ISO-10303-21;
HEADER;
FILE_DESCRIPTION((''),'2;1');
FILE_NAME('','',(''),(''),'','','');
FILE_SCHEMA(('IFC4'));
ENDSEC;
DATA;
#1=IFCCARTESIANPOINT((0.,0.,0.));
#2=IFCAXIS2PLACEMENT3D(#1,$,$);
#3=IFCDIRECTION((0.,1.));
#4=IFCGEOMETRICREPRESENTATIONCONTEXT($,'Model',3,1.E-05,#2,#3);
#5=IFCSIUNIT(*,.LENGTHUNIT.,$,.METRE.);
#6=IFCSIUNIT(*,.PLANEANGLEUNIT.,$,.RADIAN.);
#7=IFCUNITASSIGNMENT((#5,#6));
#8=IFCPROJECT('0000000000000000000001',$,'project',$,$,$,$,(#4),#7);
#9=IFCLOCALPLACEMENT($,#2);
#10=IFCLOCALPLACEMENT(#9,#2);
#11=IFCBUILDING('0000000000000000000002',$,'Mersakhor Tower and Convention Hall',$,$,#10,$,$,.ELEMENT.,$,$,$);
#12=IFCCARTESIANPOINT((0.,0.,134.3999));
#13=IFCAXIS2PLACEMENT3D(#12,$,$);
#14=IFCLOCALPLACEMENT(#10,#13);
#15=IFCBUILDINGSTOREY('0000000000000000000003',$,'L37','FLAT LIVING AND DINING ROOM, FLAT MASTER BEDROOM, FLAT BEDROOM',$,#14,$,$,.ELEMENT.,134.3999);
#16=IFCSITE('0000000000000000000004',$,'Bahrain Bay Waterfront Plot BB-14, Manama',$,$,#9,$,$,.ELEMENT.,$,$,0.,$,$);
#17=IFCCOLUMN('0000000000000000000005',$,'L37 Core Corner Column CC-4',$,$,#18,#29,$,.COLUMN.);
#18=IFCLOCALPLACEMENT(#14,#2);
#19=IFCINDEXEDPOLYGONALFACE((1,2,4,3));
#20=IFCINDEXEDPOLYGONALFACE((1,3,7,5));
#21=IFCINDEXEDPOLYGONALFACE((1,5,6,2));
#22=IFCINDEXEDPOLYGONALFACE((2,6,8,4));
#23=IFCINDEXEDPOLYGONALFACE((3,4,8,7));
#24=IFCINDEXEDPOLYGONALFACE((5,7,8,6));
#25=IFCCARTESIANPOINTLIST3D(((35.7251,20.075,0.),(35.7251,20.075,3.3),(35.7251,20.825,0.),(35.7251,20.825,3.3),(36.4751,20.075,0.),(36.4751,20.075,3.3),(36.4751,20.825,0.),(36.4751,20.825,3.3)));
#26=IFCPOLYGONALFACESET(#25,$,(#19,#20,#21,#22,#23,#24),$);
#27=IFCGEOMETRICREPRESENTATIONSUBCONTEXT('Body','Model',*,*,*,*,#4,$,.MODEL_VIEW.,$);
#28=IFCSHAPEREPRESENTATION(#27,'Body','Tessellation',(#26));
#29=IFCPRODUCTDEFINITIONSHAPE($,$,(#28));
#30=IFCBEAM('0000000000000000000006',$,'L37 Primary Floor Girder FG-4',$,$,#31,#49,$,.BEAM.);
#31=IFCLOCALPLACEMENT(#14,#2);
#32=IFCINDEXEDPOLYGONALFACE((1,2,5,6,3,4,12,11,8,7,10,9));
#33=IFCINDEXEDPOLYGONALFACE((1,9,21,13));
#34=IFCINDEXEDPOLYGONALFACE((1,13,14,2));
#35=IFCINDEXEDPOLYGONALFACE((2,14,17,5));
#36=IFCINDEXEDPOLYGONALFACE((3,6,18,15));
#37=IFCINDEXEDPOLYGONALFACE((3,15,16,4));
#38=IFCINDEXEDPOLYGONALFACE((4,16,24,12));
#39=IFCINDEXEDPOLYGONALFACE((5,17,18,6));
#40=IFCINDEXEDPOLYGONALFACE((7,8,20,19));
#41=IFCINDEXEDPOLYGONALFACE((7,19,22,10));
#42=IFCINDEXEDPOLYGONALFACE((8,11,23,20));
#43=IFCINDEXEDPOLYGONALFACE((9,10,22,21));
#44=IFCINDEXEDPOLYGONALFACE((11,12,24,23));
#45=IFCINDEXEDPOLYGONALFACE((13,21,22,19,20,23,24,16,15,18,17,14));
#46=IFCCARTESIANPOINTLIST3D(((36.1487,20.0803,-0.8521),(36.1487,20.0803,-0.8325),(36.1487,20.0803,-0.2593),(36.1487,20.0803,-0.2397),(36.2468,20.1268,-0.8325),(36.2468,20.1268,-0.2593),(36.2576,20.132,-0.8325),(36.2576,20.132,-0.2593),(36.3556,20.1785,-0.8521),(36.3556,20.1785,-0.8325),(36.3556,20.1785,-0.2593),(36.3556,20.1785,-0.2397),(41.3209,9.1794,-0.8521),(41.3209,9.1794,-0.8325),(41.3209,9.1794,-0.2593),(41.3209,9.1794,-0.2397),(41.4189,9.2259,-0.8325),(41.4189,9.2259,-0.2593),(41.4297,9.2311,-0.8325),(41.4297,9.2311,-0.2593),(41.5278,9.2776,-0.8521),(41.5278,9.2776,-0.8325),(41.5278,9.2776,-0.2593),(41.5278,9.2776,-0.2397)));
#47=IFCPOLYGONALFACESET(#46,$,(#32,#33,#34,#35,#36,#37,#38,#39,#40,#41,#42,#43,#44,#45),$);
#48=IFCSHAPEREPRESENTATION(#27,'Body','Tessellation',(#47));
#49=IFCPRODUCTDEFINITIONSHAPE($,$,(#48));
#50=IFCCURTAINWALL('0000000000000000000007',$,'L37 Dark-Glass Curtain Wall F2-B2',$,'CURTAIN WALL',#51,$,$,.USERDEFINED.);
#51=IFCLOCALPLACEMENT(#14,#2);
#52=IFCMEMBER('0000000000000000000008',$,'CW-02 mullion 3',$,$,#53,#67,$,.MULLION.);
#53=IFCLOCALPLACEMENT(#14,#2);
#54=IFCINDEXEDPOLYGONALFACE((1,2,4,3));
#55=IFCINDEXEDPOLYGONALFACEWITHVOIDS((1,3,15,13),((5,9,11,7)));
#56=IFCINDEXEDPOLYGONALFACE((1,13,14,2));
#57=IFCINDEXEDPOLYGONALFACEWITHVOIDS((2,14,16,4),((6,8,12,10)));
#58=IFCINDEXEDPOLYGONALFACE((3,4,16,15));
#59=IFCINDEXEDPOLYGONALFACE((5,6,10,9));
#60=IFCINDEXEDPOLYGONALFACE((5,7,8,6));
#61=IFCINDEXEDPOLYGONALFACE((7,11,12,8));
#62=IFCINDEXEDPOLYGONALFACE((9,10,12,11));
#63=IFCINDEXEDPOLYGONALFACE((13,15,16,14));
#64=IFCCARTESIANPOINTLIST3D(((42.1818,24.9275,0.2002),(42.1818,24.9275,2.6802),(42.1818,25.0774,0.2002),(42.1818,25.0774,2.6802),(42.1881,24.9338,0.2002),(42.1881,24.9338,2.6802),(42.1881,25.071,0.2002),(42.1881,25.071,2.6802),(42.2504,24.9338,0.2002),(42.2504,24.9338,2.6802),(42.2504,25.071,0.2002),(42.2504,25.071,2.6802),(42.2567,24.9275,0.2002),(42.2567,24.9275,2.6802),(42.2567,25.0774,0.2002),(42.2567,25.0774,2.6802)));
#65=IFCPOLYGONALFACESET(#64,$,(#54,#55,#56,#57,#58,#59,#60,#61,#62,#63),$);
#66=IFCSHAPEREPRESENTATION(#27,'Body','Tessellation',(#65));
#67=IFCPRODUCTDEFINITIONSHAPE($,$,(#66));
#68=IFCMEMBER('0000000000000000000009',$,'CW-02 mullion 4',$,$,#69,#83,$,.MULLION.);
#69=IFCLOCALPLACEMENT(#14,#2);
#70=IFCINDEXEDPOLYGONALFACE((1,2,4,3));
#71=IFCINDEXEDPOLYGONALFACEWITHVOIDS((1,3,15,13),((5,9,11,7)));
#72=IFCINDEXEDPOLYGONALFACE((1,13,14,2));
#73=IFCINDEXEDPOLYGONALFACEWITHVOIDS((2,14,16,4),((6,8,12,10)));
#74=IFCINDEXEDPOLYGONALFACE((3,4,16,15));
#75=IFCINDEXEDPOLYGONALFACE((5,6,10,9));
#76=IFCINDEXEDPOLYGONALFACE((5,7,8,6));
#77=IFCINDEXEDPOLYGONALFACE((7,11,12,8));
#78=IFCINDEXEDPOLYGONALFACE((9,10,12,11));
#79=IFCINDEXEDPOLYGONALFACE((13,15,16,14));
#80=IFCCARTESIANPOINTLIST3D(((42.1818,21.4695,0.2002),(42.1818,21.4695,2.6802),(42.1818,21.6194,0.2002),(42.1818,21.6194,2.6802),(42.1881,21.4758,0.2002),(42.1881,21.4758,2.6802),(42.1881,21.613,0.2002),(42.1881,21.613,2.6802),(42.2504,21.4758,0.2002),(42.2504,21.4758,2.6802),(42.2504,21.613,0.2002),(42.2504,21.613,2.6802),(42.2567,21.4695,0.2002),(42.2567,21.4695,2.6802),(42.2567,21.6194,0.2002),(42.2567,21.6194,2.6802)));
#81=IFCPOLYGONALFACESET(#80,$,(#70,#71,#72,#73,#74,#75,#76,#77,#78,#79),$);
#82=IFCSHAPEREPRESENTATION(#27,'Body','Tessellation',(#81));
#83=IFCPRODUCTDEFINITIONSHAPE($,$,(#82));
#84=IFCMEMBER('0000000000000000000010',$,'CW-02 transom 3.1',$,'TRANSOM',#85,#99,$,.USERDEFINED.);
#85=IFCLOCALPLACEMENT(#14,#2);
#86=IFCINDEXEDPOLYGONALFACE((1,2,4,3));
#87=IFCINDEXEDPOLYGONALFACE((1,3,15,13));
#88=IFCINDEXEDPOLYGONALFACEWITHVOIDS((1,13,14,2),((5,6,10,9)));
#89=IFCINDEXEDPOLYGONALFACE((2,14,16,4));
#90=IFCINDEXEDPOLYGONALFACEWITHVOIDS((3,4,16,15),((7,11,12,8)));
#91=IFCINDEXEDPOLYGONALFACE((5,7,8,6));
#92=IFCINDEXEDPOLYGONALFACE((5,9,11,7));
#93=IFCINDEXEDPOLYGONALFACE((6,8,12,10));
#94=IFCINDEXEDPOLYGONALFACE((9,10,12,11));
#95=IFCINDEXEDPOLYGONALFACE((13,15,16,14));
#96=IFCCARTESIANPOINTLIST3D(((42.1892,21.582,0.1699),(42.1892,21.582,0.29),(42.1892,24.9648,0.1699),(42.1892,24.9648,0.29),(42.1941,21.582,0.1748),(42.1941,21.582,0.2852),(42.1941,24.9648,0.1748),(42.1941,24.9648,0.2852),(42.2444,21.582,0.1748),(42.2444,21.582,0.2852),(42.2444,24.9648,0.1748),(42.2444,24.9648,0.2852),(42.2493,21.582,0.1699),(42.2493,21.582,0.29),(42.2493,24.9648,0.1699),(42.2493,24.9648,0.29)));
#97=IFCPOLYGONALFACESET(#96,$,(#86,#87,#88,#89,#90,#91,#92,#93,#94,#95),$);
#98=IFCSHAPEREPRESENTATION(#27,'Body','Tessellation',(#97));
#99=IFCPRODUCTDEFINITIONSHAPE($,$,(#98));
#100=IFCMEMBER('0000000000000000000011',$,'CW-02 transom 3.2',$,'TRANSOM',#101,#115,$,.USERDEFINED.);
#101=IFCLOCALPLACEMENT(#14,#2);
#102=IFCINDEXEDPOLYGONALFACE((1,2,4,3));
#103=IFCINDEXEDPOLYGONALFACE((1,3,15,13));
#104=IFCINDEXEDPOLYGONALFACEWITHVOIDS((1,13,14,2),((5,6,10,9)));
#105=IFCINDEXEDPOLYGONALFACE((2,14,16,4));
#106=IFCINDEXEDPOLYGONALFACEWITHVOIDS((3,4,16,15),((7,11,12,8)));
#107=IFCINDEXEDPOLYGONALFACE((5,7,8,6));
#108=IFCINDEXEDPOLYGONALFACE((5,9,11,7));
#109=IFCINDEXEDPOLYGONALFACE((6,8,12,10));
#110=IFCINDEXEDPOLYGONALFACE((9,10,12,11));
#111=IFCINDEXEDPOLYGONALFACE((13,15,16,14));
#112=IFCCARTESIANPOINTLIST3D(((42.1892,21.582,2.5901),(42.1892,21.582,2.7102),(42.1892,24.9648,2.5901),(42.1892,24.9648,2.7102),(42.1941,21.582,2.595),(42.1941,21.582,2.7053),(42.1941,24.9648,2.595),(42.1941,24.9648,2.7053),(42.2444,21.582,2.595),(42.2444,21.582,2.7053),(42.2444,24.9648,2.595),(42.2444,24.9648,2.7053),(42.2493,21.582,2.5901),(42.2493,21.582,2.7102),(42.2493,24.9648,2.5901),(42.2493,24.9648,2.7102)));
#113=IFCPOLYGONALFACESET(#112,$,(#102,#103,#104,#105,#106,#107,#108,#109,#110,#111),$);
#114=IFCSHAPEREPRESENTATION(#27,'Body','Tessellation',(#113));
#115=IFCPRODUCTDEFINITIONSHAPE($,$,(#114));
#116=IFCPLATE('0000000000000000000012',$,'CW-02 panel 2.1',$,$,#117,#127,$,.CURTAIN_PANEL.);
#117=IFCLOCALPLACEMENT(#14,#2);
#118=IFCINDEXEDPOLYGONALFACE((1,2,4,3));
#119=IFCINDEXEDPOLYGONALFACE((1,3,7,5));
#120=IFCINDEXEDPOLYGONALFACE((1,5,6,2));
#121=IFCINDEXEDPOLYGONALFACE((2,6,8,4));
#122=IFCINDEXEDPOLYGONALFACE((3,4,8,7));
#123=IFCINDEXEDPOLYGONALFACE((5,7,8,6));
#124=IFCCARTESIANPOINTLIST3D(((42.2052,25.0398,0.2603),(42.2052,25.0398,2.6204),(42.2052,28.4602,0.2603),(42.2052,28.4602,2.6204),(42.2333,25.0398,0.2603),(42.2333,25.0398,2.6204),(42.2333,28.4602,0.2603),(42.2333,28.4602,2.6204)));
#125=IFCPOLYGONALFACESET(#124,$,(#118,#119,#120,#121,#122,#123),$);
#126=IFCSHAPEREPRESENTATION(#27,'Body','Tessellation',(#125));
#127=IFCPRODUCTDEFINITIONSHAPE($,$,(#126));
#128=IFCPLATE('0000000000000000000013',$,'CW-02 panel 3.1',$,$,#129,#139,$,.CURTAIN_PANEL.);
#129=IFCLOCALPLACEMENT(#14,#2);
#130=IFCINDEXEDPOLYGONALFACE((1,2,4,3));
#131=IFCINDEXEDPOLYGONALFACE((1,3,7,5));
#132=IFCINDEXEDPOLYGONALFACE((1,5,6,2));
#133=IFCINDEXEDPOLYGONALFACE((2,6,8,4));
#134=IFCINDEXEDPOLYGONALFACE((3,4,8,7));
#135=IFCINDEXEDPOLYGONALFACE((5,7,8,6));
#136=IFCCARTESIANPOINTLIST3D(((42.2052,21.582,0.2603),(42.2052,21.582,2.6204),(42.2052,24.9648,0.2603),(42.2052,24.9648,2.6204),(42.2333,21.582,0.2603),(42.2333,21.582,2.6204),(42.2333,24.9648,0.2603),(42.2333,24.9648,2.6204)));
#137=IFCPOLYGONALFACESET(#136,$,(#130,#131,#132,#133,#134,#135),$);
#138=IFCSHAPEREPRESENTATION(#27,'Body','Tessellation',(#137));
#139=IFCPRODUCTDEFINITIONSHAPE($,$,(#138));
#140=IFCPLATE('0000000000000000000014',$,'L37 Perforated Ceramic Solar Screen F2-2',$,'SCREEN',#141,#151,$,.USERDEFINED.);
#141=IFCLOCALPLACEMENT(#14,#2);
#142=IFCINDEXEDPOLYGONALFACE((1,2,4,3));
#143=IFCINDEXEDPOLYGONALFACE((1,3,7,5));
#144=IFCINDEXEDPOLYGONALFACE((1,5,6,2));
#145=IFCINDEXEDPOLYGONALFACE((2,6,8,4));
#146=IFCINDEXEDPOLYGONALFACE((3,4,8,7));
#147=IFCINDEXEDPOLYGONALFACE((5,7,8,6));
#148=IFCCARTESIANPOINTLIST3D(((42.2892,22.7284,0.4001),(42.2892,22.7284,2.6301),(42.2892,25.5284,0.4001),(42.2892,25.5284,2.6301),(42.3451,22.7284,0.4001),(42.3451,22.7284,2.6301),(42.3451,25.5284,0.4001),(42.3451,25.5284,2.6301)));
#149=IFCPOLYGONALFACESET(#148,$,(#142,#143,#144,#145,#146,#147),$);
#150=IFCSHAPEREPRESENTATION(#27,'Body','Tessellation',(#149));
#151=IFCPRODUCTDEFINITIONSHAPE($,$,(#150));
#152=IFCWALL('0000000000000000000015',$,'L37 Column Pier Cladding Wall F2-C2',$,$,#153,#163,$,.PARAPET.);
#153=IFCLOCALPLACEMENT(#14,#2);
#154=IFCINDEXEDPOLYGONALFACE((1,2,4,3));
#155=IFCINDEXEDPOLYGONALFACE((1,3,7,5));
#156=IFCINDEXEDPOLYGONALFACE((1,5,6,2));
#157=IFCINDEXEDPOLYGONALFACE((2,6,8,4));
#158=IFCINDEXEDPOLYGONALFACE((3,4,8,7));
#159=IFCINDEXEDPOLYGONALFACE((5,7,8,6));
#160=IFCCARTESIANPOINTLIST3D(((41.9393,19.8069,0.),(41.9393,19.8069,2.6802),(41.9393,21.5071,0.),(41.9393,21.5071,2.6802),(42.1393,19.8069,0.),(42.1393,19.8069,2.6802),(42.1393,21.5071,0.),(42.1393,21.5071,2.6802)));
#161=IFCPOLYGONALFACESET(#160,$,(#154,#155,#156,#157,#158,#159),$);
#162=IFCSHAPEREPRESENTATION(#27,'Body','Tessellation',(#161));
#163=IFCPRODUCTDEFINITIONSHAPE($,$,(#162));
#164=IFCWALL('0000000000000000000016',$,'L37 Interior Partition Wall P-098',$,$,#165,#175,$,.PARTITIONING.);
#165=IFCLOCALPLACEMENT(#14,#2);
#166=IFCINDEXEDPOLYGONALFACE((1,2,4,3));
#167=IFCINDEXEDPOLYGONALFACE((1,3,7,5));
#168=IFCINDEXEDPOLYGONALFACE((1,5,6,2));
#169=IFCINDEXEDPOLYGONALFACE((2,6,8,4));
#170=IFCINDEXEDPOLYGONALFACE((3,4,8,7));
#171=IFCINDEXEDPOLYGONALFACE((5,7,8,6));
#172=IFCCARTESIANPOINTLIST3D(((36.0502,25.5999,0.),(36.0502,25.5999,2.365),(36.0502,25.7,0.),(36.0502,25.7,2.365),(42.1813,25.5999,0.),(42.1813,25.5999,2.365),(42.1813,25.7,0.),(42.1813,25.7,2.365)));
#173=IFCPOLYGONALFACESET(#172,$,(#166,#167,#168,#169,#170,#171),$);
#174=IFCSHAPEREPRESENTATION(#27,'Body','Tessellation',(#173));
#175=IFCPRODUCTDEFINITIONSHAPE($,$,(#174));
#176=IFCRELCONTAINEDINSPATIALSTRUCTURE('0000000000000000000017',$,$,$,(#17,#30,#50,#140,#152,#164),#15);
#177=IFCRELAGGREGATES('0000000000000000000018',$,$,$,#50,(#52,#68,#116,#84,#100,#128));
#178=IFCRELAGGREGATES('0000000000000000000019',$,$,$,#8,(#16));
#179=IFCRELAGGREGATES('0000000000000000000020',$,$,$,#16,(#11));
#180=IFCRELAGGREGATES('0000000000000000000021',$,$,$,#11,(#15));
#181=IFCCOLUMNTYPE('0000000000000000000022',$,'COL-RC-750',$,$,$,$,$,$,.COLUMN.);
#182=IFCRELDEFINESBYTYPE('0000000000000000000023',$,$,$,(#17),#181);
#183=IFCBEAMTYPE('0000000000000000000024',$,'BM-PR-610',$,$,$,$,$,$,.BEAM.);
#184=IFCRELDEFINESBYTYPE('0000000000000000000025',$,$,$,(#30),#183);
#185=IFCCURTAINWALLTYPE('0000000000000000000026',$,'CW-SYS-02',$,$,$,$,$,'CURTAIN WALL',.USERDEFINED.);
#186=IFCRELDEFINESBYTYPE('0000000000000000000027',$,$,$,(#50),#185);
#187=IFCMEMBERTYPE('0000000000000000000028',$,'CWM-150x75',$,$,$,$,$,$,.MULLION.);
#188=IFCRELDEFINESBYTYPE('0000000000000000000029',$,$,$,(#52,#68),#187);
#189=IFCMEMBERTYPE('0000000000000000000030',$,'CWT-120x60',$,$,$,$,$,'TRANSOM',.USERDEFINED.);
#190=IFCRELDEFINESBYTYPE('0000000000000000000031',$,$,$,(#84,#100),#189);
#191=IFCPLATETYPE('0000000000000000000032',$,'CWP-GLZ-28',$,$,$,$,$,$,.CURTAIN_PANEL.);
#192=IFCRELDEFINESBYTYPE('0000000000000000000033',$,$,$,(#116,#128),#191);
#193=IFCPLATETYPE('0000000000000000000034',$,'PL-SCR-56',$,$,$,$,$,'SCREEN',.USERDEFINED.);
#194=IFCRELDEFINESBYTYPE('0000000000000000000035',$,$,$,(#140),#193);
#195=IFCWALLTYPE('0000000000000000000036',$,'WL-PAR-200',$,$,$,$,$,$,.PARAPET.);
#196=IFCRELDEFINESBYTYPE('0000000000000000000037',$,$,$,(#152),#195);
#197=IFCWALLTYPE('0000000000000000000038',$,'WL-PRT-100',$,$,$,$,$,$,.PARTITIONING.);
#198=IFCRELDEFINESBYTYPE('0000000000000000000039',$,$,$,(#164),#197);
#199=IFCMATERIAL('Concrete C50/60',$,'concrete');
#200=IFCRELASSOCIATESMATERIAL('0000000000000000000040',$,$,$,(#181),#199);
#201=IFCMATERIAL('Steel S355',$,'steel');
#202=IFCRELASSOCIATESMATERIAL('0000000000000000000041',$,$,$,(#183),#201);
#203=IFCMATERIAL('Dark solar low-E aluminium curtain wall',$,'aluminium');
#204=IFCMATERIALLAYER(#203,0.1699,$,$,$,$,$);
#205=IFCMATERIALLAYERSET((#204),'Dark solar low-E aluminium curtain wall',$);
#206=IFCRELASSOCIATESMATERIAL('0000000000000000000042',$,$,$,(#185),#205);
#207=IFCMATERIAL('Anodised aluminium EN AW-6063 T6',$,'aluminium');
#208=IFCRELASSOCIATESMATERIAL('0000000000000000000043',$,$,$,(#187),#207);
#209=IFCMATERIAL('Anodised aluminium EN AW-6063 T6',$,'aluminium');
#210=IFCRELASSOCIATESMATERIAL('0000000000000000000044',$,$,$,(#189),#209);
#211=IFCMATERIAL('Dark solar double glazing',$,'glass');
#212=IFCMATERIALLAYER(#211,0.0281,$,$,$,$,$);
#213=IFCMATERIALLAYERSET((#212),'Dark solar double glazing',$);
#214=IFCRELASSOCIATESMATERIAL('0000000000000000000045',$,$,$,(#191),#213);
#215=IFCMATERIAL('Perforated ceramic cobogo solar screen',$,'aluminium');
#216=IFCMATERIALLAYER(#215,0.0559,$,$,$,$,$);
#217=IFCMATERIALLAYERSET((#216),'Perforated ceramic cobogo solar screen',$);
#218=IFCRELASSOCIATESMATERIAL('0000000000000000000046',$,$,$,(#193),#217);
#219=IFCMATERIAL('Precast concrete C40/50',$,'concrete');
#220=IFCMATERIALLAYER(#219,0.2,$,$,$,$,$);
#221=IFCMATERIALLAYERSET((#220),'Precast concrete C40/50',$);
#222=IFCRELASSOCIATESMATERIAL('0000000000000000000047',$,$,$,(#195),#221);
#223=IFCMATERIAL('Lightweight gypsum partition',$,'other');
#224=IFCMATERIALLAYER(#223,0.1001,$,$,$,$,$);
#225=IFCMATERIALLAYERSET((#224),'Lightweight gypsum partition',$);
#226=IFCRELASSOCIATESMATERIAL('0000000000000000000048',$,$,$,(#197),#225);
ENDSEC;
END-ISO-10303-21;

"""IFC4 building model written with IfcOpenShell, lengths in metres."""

from ifc_helpers import new_model, si_unit, direction, frame, frame_2d, origin, origin_2d, place, context, subcontext, project, spatial, rectangle, hollow_rectangle, i_section, extrude, material, layer, layer_set, material_profile, profile_set, type_object, element, aggregate, save


model = new_model("IFC4")

# Units and contexts
model_context = context("Model", 3, precision=1e-05, world=origin(), true_north=direction((0.0, 1.0)))
body_context = subcontext(model_context, "Body", "Model", "MODEL_VIEW")
ifc_project = project(units=[si_unit("LENGTHUNIT", "METRE"), si_unit("PLANEANGLEUNIT", "RADIAN")], contexts=[model_context])

# Site, building, storey
site_placement = place(None, origin())
site = spatial("IfcSite", under=ifc_project, at=site_placement, Name="Bahrain Bay Waterfront Plot BB-14, Manama", CompositionType="ELEMENT", RefElevation=0.0)
building_placement = place(site_placement, origin())
building = spatial("IfcBuilding", under=site, at=building_placement, Name="Mersakhor Tower and Convention Hall", CompositionType="ELEMENT")
storey_placement = place(building_placement, frame((0.0, 0.0, 134.3999)))
storey = spatial("IfcBuildingStorey", under=building, at=storey_placement, Name="L37", Description="FLAT LIVING AND DINING ROOM, FLAT MASTER BEDROOM, FLAT BEDROOM", CompositionType="ELEMENT", Elevation=134.3999)

# Column
ifc_material_1 = material(Name="Concrete C50/60", Category="concrete")
ifc_material_profile_1 = material_profile(ifc_material_1, rectangle(XDim=0.75, YDim=0.75, at=origin_2d()), Name="RC 750x750")
ifc_profile_set_1 = profile_set([ifc_material_profile_1], Name="Concrete C50/60")
column_type = type_object("IfcColumnType", Name="COL-RC-750", PredefinedType="COLUMN", material=ifc_profile_set_1)
column_placement = place(storey_placement, frame((36.1001, 20.45, 0.0), z_axis=(0.0, 0.0, 1.0), x_axis=(1.0, 0.0, 0.0)))
element("IfcColumn", 1, at=column_placement, inside=storey, type_object=column_type, Name="L37 Core Corner Column CC-4", PredefinedType="COLUMN", context=body_context, shape_type="SweptSolid", body=[
    extrude(rectangle(XDim=0.75, YDim=0.75, at=origin_2d()), origin(), (0.0, 0.0, 1.0), 3.3),
])

# Beam
ifc_material_2 = material(Name="Steel S355", Category="steel")
ifc_material_profile_2 = material_profile(ifc_material_2, i_section(OverallWidth=0.229, OverallDepth=0.6123, WebThickness=0.012, FlangeThickness=0.0195, at=origin_2d()), Name="UB 610x229x125")
ifc_profile_set_2 = profile_set([ifc_material_profile_2], Name="Steel S355")
beam_type = type_object("IfcBeamType", Name="BM-PR-610", PredefinedType="BEAM", material=ifc_profile_set_2)
beam_placement = place(storey_placement, frame((36.2522, 20.1294, -0.5459), z_axis=(0.428665, -0.903464, 0.0), x_axis=(0.903464, 0.428665, 0.0)))
element("IfcBeam", 2, at=beam_placement, inside=storey, type_object=beam_type, Name="L37 Primary Floor Girder FG-4", PredefinedType="BEAM", context=body_context, shape_type="SweptSolid", body=[
    extrude(i_section(OverallWidth=0.229, OverallDepth=0.6123, WebThickness=0.012, FlangeThickness=0.0195, at=origin_2d()), origin(), (0.0, 0.0, 1.0), 12.0657),
])

# Curtain wall, members, plates
ifc_material_3 = material(Name="Dark solar low-E aluminium curtain wall", Category="aluminium")
ifc_layer_1 = layer(ifc_material_3, 0.1699)
ifc_layer_set_1 = layer_set([ifc_layer_1], Name="Dark solar low-E aluminium curtain wall")
curtain_wall_type = type_object("IfcCurtainWallType", Name="CW-SYS-02", ElementType="CURTAIN WALL", PredefinedType="USERDEFINED", material=ifc_layer_set_1)
curtain_wall_placement = place(storey_placement, origin())
curtain_wall = element("IfcCurtainWall", 3, at=curtain_wall_placement, inside=storey, type_object=curtain_wall_type, Name="L37 Dark-Glass Curtain Wall F2-B2", ObjectType="CURTAIN WALL", PredefinedType="USERDEFINED")
ifc_material_4 = material(Name="Anodised aluminium EN AW-6063 T6", Category="aluminium")
ifc_material_profile_3 = material_profile(ifc_material_4, hollow_rectangle(XDim=0.075, YDim=0.1499, WallThickness=0.0063, at=origin_2d()), Name="RHS 150x75x6.3")
ifc_profile_set_3 = profile_set([ifc_material_profile_3], Name="Anodised aluminium EN AW-6063 T6")
member_type_1 = type_object("IfcMemberType", Name="CWM-150x75", PredefinedType="MULLION", material=ifc_profile_set_3)
member_1_placement = place(storey_placement, frame((42.2192, 25.0024, 0.2002), z_axis=(0.0, 0.0, 1.0), x_axis=(1.0, 0.0, 0.0)))
member_1 = element("IfcMember", 4, at=member_1_placement, type_object=member_type_1, Name="CW-02 mullion 3", PredefinedType="MULLION", context=body_context, shape_type="SweptSolid", body=[
    extrude(hollow_rectangle(XDim=0.075, YDim=0.1499, WallThickness=0.0063, at=origin_2d()), origin(), (0.0, 0.0, 1.0), 2.48),
])
member_2_placement = place(storey_placement, frame((42.2192, 21.5444, 0.2002), z_axis=(0.0, 0.0, 1.0), x_axis=(1.0, 0.0, 0.0)))
member_2 = element("IfcMember", 5, at=member_2_placement, type_object=member_type_1, Name="CW-02 mullion 4", PredefinedType="MULLION", context=body_context, shape_type="SweptSolid", body=[
    extrude(hollow_rectangle(XDim=0.075, YDim=0.1499, WallThickness=0.0063, at=origin_2d()), origin(), (0.0, 0.0, 1.0), 2.48),
])
ifc_material_5 = material(Name="Anodised aluminium EN AW-6063 T6", Category="aluminium")
ifc_material_profile_4 = material_profile(ifc_material_5, hollow_rectangle(XDim=0.0601, YDim=0.1201, WallThickness=0.0049, at=origin_2d()), Name="RHS 120x60x5")
ifc_profile_set_4 = profile_set([ifc_material_profile_4], Name="Anodised aluminium EN AW-6063 T6")
member_type_2 = type_object("IfcMemberType", Name="CWT-120x60", ElementType="TRANSOM", PredefinedType="USERDEFINED", material=ifc_profile_set_4)
member_3_placement = place(storey_placement, frame((42.2192, 24.9648, 0.23), z_axis=(0.0, -1.0, 0.0), x_axis=(1.0, 0.0, 0.0)))
member_3 = element("IfcMember", 6, at=member_3_placement, type_object=member_type_2, Name="CW-02 transom 3.1", ObjectType="TRANSOM", PredefinedType="USERDEFINED", context=body_context, shape_type="SweptSolid", body=[
    extrude(hollow_rectangle(XDim=0.0601, YDim=0.1201, WallThickness=0.0049, at=origin_2d()), origin(), (0.0, 0.0, 1.0), 3.3828),
])
member_4_placement = place(storey_placement, frame((42.2192, 24.9648, 2.6501), z_axis=(0.0, -1.0, 0.0), x_axis=(1.0, 0.0, 0.0)))
member_4 = element("IfcMember", 7, at=member_4_placement, type_object=member_type_2, Name="CW-02 transom 3.2", ObjectType="TRANSOM", PredefinedType="USERDEFINED", context=body_context, shape_type="SweptSolid", body=[
    extrude(hollow_rectangle(XDim=0.0601, YDim=0.1201, WallThickness=0.0049, at=origin_2d()), origin(), (0.0, 0.0, 1.0), 3.3828),
])
ifc_material_6 = material(Name="Dark solar double glazing", Category="glass")
ifc_layer_2 = layer(ifc_material_6, 0.0281)
ifc_layer_set_2 = layer_set([ifc_layer_2], Name="Dark solar double glazing")
plate_type_1 = type_object("IfcPlateType", Name="CWP-GLZ-28", PredefinedType="CURTAIN_PANEL", material=ifc_layer_set_2)
plate_1_placement = place(storey_placement, frame((42.2192, 26.75, 0.2603), z_axis=(0.0, 0.0, 1.0), x_axis=(0.0, -1.0, 0.0)))
plate_1 = element("IfcPlate", 8, at=plate_1_placement, type_object=plate_type_1, Name="CW-02 panel 2.1", PredefinedType="CURTAIN_PANEL", context=body_context, shape_type="SweptSolid", body=[
    extrude(rectangle(XDim=3.4204, YDim=0.0281, at=origin_2d()), origin(), (0.0, 0.0, 1.0), 2.3601),
])
plate_2_placement = place(storey_placement, frame((42.2192, 23.2734, 0.2603), z_axis=(0.0, 0.0, 1.0), x_axis=(0.0, -1.0, 0.0)))
plate_2 = element("IfcPlate", 9, at=plate_2_placement, type_object=plate_type_1, Name="CW-02 panel 3.1", PredefinedType="CURTAIN_PANEL", context=body_context, shape_type="SweptSolid", body=[
    extrude(rectangle(XDim=3.3828, YDim=0.0281, at=origin_2d()), origin(), (0.0, 0.0, 1.0), 2.3601),
])
aggregate(curtain_wall, [member_1, member_2, plate_1, member_3, member_4, plate_2])

# Plate
ifc_material_7 = material(Name="Perforated ceramic cobogo solar screen", Category="aluminium")
ifc_layer_3 = layer(ifc_material_7, 0.0559)
ifc_layer_set_3 = layer_set([ifc_layer_3], Name="Perforated ceramic cobogo solar screen")
plate_type_2 = type_object("IfcPlateType", Name="PL-SCR-56", ElementType="SCREEN", PredefinedType="USERDEFINED", material=ifc_layer_set_3)
plate_3_placement = place(storey_placement, frame((42.3171, 24.1284, 0.4001), z_axis=(0.0, 0.0, 1.0), x_axis=(0.0, -1.0, 0.0)))
element("IfcPlate", 10, at=plate_3_placement, inside=storey, type_object=plate_type_2, Name="L37 Perforated Ceramic Solar Screen F2-2", ObjectType="SCREEN", PredefinedType="USERDEFINED", context=body_context, shape_type="SweptSolid", body=[
    extrude(rectangle(XDim=2.8, YDim=0.0559, at=origin_2d()), origin(), (0.0, 0.0, 1.0), 2.23),
])

# Walls
ifc_material_8 = material(Name="Precast concrete C40/50", Category="concrete")
ifc_layer_4 = layer(ifc_material_8, 0.2)
ifc_layer_set_4 = layer_set([ifc_layer_4], Name="Precast concrete C40/50")
wall_type_1 = type_object("IfcWallType", Name="WL-PAR-200", PredefinedType="PARAPET", material=ifc_layer_set_4)
wall_1_placement = place(storey_placement, frame((42.0393, 21.5071, 0.0), z_axis=(0.0, 0.0, 1.0), x_axis=(0.0, -1.0, 0.0)))
element("IfcWall", 11, at=wall_1_placement, inside=storey, type_object=wall_type_1, Name="L37 Column Pier Cladding Wall F2-C2", PredefinedType="PARAPET", context=body_context, shape_type="SweptSolid", body=[
    extrude(rectangle(XDim=1.7002, YDim=0.2, at=frame_2d((0.8501, 0.0))), origin(), (0.0, 0.0, 1.0), 2.6802),
])
ifc_material_9 = material(Name="Lightweight gypsum partition", Category="other")
ifc_layer_5 = layer(ifc_material_9, 0.1001)
ifc_layer_set_5 = layer_set([ifc_layer_5], Name="Lightweight gypsum partition")
wall_type_2 = type_object("IfcWallType", Name="WL-PRT-100", PredefinedType="PARTITIONING", material=ifc_layer_set_5)
wall_2_placement = place(storey_placement, frame((42.1812, 25.6499, 0.0), z_axis=(0.0, 0.0, 1.0), x_axis=(-1.0, 0.0, 0.0)))
element("IfcWall", 12, at=wall_2_placement, inside=storey, type_object=wall_type_2, Name="L37 Interior Partition Wall P-098", PredefinedType="PARTITIONING", context=body_context, shape_type="SweptSolid", body=[
    extrude(rectangle(XDim=6.1311, YDim=0.1001, at=frame_2d((3.0654, 0.0))), origin(), (0.0, 0.0, 1.0), 2.365),
])

save(model, "model.ifc")
